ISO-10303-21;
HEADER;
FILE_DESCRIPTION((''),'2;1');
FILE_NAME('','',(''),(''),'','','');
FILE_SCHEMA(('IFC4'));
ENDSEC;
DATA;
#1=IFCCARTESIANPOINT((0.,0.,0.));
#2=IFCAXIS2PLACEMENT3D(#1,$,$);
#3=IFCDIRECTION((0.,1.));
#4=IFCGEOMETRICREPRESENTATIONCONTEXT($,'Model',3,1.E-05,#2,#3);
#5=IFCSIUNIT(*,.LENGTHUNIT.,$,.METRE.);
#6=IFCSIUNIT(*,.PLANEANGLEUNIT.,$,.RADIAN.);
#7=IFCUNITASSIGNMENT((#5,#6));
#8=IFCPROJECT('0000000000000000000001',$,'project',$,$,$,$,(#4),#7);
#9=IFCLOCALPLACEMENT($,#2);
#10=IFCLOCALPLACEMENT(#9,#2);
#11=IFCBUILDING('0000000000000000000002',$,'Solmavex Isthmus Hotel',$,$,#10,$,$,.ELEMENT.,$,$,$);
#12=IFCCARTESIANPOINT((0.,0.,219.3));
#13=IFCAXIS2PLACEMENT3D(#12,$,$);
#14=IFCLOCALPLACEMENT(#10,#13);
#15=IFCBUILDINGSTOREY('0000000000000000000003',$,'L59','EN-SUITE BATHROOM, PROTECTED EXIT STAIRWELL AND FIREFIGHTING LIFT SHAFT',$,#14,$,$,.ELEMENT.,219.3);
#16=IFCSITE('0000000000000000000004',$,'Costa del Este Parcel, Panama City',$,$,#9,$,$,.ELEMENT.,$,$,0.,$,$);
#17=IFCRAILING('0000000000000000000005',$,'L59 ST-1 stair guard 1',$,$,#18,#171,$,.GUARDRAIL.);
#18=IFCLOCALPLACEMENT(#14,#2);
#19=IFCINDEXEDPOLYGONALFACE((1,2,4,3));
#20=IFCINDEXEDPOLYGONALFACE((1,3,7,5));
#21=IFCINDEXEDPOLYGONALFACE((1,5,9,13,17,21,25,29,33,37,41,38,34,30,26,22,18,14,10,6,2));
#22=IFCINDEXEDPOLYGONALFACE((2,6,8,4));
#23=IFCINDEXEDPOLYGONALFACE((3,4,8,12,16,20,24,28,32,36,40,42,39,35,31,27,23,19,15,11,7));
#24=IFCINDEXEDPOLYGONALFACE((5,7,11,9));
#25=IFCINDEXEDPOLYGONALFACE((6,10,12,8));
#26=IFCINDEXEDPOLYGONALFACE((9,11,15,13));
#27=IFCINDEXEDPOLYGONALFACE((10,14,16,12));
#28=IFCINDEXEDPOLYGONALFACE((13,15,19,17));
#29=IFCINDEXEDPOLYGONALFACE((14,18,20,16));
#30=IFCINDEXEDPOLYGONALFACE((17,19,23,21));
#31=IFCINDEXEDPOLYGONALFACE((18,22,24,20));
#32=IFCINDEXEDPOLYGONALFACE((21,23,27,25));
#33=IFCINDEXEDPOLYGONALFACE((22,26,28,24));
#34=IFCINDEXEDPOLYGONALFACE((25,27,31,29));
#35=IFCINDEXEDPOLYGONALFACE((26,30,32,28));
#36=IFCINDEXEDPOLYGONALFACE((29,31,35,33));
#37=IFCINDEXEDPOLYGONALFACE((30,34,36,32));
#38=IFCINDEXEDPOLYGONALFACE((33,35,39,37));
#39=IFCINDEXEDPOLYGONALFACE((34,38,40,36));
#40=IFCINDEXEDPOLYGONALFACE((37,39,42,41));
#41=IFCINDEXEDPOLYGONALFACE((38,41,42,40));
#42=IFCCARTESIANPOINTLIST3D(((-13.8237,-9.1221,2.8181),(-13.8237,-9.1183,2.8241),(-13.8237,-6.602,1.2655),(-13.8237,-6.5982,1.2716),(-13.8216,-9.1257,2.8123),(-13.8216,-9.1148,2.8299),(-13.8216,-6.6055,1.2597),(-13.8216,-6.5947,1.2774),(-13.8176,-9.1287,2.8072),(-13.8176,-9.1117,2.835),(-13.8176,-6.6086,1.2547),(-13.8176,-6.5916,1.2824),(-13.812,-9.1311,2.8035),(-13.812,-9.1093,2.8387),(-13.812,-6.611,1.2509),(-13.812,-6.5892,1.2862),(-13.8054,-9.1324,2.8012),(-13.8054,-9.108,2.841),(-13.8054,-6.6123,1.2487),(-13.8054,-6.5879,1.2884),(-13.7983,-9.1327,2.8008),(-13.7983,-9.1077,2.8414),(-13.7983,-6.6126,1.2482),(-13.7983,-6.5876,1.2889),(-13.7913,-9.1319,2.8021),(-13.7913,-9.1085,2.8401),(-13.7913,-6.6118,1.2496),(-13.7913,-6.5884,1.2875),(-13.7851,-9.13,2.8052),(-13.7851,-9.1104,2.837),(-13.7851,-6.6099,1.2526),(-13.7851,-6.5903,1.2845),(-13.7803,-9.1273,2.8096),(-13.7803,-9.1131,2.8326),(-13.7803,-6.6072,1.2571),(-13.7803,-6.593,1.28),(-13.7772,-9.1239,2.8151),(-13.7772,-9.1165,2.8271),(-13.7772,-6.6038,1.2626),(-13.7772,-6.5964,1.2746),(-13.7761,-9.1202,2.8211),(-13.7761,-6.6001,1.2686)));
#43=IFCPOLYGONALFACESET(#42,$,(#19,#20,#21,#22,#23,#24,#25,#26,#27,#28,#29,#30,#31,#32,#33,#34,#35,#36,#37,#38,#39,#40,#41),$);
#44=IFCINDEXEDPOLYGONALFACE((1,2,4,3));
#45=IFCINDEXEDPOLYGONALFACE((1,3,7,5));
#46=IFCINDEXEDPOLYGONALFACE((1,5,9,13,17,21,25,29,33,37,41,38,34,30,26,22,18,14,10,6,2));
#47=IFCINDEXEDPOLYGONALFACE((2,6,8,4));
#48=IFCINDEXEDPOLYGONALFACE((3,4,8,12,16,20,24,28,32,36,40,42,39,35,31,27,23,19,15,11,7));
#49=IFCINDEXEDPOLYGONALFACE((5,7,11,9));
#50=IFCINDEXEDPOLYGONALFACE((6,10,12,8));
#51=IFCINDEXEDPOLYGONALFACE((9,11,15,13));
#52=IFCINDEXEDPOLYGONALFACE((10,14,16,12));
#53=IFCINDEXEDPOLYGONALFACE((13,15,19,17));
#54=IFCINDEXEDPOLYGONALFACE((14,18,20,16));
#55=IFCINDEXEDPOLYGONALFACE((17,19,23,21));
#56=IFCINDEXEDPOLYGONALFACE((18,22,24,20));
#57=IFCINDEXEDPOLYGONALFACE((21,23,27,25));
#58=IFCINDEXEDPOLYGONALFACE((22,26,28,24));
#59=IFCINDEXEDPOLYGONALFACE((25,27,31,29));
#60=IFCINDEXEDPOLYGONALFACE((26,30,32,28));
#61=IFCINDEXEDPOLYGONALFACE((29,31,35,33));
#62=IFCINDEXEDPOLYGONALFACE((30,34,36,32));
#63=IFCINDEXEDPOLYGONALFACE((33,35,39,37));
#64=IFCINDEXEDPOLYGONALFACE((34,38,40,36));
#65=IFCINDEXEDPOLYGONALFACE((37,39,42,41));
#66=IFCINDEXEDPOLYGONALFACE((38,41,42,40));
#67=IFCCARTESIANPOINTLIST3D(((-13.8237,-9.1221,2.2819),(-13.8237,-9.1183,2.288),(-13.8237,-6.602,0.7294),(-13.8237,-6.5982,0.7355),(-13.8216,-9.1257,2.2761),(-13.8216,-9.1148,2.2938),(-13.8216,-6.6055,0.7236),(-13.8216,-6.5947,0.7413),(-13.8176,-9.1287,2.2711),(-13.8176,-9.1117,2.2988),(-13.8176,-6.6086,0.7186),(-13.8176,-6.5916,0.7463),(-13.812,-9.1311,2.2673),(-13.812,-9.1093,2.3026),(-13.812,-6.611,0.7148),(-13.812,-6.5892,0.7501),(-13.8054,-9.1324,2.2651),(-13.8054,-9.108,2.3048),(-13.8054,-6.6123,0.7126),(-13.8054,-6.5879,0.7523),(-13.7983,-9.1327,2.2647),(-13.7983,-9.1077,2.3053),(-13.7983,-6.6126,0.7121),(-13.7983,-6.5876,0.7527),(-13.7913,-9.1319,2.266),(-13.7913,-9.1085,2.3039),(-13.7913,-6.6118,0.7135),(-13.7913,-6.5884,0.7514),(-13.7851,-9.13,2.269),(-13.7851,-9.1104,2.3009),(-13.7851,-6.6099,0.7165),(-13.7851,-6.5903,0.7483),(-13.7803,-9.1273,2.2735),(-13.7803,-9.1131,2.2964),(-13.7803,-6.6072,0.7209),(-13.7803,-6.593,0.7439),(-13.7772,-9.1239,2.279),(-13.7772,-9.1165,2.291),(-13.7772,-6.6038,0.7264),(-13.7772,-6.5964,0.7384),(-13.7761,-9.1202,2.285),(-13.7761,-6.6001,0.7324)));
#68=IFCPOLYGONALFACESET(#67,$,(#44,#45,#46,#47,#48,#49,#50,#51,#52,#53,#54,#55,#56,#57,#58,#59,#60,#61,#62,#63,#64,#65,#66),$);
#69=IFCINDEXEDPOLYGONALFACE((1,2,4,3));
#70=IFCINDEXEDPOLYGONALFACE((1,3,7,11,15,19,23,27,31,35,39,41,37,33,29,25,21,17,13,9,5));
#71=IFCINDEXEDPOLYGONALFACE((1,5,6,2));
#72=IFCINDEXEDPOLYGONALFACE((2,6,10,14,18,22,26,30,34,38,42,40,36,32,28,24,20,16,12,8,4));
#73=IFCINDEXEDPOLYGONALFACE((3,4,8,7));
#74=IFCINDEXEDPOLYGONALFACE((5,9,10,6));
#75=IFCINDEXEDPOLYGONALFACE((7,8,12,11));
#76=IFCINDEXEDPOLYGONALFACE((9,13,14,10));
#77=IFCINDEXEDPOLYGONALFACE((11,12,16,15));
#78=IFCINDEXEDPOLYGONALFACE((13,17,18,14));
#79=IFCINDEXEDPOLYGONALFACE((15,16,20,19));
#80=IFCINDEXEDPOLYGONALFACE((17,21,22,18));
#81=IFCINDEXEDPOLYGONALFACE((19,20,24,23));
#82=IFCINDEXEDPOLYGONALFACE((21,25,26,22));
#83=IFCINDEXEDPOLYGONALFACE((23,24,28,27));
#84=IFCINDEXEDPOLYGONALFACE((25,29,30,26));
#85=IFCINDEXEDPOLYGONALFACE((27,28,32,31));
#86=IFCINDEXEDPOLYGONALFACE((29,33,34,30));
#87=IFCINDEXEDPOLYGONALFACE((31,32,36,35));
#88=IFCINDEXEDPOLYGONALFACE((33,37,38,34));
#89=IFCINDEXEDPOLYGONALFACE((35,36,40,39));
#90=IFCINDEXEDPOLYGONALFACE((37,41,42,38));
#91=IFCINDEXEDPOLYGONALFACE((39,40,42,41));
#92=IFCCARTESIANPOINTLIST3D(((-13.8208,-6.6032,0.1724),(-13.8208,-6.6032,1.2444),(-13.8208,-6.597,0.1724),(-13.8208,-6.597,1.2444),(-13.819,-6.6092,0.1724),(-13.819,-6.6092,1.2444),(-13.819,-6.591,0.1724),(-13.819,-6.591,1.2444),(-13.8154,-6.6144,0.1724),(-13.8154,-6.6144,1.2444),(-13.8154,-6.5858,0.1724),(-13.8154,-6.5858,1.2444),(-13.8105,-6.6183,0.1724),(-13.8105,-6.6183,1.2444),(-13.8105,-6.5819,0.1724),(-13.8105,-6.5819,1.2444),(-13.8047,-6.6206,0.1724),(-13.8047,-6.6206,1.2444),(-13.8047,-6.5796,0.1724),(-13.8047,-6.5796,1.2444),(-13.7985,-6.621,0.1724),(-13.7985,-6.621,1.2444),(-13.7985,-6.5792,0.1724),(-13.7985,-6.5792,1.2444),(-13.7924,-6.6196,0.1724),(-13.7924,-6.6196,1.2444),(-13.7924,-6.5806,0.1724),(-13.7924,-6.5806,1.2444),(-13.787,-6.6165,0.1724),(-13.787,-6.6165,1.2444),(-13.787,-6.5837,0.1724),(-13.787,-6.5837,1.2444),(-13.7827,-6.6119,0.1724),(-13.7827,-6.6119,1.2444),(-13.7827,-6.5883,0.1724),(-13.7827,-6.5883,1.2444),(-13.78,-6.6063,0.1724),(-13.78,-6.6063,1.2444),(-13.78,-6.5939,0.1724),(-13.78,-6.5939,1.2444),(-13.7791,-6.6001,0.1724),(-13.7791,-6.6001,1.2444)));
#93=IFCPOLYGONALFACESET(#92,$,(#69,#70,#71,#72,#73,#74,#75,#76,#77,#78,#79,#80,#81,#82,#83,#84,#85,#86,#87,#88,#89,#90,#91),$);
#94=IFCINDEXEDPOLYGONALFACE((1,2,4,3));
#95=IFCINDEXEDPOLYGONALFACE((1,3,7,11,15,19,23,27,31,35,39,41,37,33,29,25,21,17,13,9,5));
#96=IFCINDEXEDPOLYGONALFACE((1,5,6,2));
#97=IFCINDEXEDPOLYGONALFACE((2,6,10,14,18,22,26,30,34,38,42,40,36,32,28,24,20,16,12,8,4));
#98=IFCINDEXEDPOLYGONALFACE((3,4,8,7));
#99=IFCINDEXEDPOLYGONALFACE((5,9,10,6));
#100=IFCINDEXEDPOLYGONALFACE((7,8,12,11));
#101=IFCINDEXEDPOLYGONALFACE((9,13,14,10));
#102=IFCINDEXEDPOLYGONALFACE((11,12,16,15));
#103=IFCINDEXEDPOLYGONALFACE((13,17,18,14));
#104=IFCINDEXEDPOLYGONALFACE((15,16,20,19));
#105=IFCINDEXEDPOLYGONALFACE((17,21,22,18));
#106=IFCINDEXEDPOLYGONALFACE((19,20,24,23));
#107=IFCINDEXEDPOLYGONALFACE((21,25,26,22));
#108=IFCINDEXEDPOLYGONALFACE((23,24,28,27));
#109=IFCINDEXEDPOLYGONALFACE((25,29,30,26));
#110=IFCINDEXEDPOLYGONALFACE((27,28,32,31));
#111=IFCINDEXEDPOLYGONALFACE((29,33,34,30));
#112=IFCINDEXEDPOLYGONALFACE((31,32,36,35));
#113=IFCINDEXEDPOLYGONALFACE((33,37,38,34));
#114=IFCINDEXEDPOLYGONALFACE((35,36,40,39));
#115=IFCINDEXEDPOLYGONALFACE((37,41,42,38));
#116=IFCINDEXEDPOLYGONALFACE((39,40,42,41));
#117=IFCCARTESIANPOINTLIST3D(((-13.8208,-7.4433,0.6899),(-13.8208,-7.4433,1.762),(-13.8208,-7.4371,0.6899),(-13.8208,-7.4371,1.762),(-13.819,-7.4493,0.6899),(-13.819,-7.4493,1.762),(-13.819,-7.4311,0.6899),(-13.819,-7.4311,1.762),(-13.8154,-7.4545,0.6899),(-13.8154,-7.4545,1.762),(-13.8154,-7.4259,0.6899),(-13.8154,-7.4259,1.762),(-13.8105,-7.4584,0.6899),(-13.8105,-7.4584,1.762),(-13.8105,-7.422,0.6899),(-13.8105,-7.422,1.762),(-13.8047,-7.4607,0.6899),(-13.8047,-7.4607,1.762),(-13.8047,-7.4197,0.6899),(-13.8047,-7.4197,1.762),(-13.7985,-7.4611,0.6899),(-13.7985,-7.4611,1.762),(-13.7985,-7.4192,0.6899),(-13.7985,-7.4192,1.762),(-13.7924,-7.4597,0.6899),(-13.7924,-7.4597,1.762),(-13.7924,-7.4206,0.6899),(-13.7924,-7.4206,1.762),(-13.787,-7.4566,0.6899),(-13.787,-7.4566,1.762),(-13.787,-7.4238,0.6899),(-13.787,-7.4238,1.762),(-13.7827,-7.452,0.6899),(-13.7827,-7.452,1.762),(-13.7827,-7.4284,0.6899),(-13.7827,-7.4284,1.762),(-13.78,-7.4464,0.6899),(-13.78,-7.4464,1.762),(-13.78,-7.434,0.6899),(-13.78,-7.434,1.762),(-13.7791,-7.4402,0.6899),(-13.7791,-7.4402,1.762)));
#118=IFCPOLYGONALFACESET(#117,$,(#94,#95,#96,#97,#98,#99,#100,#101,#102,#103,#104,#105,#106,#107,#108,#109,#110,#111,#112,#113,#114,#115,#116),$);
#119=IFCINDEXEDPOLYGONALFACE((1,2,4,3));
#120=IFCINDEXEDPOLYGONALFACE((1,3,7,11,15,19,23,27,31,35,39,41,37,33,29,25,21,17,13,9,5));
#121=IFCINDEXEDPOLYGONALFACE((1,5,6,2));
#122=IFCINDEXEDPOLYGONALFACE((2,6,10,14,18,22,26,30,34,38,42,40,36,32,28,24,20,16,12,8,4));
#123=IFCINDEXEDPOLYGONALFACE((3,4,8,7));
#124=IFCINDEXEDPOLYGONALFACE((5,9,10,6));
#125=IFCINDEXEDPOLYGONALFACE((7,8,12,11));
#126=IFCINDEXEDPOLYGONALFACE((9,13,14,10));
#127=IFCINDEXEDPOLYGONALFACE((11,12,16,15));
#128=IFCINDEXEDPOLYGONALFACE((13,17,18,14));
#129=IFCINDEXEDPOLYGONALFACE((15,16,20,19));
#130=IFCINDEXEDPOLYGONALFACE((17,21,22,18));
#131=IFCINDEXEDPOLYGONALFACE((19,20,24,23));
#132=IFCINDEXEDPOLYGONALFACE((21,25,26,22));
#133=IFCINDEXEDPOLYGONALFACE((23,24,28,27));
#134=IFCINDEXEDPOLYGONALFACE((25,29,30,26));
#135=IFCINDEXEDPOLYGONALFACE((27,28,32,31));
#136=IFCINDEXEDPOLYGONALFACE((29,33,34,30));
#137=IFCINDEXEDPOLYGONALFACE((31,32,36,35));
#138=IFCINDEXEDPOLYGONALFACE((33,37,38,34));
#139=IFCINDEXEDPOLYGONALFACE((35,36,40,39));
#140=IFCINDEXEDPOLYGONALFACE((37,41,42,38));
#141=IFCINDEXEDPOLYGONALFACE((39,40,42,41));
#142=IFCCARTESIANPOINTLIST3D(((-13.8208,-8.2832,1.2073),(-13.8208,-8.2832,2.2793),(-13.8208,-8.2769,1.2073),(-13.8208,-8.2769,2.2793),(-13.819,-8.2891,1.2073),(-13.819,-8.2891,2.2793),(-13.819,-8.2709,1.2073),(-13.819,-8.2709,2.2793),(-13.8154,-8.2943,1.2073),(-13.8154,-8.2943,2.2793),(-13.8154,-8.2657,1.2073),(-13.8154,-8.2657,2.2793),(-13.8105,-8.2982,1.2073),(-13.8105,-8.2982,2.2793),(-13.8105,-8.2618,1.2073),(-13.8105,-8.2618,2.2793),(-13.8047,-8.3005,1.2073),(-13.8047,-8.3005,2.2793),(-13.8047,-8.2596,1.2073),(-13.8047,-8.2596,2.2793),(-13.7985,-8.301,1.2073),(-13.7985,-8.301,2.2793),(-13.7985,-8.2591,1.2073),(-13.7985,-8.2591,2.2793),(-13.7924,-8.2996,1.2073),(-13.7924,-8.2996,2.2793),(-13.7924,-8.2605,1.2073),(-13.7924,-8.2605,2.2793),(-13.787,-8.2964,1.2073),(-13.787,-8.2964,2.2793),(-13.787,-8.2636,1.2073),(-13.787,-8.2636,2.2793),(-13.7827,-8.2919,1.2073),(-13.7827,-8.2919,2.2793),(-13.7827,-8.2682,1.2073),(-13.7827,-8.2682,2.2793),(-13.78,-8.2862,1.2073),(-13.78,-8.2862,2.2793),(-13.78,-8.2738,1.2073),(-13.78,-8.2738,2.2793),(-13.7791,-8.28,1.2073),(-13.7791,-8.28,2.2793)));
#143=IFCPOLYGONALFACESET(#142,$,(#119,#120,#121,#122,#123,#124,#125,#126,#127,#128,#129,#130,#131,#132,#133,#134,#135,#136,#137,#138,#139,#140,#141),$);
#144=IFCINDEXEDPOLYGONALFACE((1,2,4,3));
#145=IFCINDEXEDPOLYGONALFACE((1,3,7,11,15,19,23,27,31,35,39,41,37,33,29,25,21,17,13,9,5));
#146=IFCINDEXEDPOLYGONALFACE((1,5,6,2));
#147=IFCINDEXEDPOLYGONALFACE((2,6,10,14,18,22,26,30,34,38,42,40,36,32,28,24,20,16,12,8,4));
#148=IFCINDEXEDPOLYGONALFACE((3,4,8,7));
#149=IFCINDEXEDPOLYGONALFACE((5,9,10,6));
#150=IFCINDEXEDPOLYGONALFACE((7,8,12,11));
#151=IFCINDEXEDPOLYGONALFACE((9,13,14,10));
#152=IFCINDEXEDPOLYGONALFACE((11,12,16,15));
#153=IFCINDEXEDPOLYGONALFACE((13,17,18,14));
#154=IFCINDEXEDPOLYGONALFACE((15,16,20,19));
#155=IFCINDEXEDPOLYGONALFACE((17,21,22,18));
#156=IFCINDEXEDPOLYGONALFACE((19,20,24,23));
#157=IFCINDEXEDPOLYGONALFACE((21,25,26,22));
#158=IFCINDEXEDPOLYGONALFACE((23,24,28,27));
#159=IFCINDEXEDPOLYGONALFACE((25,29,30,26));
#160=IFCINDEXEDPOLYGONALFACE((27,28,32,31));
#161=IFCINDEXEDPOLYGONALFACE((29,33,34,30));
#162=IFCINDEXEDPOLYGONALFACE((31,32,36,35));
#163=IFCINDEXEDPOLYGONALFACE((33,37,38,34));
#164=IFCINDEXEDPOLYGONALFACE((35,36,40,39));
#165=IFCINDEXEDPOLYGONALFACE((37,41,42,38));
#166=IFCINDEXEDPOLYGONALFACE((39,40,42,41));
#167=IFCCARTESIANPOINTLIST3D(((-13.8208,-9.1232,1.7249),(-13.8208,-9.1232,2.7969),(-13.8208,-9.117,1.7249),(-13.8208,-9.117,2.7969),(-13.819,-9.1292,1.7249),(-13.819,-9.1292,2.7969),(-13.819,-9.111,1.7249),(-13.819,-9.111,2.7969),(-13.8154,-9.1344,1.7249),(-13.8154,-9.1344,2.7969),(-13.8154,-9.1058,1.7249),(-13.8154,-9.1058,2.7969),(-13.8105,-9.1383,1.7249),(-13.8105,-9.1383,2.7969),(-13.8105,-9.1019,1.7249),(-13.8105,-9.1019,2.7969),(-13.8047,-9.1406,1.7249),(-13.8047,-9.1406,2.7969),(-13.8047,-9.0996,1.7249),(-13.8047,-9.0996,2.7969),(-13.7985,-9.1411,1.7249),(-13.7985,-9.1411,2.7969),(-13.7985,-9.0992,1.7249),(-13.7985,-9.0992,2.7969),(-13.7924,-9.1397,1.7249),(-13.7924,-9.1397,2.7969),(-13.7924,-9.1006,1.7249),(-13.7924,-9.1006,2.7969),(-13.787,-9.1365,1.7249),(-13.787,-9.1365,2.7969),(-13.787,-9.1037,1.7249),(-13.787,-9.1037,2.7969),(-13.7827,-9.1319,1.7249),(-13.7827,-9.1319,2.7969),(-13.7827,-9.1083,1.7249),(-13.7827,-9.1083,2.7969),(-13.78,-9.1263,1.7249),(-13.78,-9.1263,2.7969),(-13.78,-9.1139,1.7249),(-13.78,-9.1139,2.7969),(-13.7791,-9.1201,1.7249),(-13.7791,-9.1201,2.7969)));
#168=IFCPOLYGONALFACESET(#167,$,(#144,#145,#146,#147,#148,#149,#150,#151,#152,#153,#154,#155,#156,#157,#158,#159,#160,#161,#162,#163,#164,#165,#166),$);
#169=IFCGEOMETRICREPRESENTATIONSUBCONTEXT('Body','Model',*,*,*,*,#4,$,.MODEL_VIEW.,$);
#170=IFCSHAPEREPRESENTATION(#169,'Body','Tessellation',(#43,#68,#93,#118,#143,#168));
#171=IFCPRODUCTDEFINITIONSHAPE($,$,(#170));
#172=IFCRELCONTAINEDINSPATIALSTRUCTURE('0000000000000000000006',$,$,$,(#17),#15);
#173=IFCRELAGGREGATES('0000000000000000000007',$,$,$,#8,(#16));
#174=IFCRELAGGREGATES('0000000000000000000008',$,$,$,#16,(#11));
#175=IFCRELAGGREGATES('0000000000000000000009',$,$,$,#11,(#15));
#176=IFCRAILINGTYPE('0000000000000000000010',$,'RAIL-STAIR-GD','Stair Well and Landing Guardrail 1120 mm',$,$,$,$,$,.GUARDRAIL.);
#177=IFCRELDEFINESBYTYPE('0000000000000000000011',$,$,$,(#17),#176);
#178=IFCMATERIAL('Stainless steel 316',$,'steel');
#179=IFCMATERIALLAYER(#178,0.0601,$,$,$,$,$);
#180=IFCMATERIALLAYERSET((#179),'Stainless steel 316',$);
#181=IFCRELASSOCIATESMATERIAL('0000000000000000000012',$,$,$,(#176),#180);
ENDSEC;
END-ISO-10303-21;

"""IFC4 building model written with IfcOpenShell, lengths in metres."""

from ifc_helpers import new_model, si_unit, direction, frame, origin, origin_2d, place, context, subcontext, project, spatial, circle, extrude, material, layer, layer_set, type_object, element, save


model = new_model("IFC4")

# Units and contexts
model_context = context("Model", 3, precision=1e-05, world=origin(), true_north=direction((0.0, 1.0)))
body_context = subcontext(model_context, "Body", "Model", "MODEL_VIEW")
ifc_project = project(units=[si_unit("LENGTHUNIT", "METRE"), si_unit("PLANEANGLEUNIT", "RADIAN")], contexts=[model_context])

# Site, building, storey
site_placement = place(None, origin())
site = spatial("IfcSite", under=ifc_project, at=site_placement, Name="Costa del Este Parcel, Panama City", CompositionType="ELEMENT", RefElevation=0.0)
building_placement = place(site_placement, origin())
building = spatial("IfcBuilding", under=site, at=building_placement, Name="Solmavex Isthmus Hotel", CompositionType="ELEMENT")
storey_placement = place(building_placement, frame((0.0, 0.0, 219.3)))
storey = spatial("IfcBuildingStorey", under=building, at=storey_placement, Name="L59", Description="EN-SUITE BATHROOM, PROTECTED EXIT STAIRWELL AND FIREFIGHTING LIFT SHAFT", CompositionType="ELEMENT", Elevation=219.3)

# Railing
ifc_material_1 = material(Name="Stainless steel 316", Category="steel")
ifc_layer_1 = layer(ifc_material_1, 0.0601)
ifc_layer_set_1 = layer_set([ifc_layer_1], Name="Stainless steel 316")
railing_type_1 = type_object("IfcRailingType", Name="RAIL-STAIR-GD", Description="Stair Well and Landing Guardrail 1120 mm", PredefinedType="GUARDRAIL", material=ifc_layer_set_1)
railing_1_placement = place(storey_placement, frame((-13.8, -6.6001, 0.1724)))
element("IfcRailing", 1, at=railing_1_placement, inside=storey, type_object=railing_type_1, Name="L59 ST-1 stair guard 1", PredefinedType="GUARDRAIL", context=body_context, shape_type="SweptSolid", body=[
    extrude(circle(Radius=0.0239, at=origin_2d()), frame((0.0, 0.0, 1.0962), z_axis=(0.0, -0.8514, 0.524516), x_axis=(1.0, 0.0, 0.0)), (0.0, 0.0, 1.0), 2.96),
    extrude(circle(Radius=0.0239, at=origin_2d()), frame((0.0, 0.0, 0.5601), z_axis=(0.0, -0.8514, 0.524516), x_axis=(1.0, 0.0, 0.0)), (0.0, 0.0, 1.0), 2.96),
    extrude(circle(Radius=0.021, at=origin_2d()), origin(), (0.0, 0.0, 1.0), 1.072),
    extrude(circle(Radius=0.021, at=origin_2d()), frame((0.0, -0.8401, 0.5176)), (0.0, 0.0, 1.0), 1.072),
    extrude(circle(Radius=0.021, at=origin_2d()), frame((0.0, -1.6799, 1.0349)), (0.0, 0.0, 1.0), 1.072),
    extrude(circle(Radius=0.021, at=origin_2d()), frame((0.0, -2.52, 1.5525)), (0.0, 0.0, 1.0), 1.072),
])

save(model, "model.ifc")
